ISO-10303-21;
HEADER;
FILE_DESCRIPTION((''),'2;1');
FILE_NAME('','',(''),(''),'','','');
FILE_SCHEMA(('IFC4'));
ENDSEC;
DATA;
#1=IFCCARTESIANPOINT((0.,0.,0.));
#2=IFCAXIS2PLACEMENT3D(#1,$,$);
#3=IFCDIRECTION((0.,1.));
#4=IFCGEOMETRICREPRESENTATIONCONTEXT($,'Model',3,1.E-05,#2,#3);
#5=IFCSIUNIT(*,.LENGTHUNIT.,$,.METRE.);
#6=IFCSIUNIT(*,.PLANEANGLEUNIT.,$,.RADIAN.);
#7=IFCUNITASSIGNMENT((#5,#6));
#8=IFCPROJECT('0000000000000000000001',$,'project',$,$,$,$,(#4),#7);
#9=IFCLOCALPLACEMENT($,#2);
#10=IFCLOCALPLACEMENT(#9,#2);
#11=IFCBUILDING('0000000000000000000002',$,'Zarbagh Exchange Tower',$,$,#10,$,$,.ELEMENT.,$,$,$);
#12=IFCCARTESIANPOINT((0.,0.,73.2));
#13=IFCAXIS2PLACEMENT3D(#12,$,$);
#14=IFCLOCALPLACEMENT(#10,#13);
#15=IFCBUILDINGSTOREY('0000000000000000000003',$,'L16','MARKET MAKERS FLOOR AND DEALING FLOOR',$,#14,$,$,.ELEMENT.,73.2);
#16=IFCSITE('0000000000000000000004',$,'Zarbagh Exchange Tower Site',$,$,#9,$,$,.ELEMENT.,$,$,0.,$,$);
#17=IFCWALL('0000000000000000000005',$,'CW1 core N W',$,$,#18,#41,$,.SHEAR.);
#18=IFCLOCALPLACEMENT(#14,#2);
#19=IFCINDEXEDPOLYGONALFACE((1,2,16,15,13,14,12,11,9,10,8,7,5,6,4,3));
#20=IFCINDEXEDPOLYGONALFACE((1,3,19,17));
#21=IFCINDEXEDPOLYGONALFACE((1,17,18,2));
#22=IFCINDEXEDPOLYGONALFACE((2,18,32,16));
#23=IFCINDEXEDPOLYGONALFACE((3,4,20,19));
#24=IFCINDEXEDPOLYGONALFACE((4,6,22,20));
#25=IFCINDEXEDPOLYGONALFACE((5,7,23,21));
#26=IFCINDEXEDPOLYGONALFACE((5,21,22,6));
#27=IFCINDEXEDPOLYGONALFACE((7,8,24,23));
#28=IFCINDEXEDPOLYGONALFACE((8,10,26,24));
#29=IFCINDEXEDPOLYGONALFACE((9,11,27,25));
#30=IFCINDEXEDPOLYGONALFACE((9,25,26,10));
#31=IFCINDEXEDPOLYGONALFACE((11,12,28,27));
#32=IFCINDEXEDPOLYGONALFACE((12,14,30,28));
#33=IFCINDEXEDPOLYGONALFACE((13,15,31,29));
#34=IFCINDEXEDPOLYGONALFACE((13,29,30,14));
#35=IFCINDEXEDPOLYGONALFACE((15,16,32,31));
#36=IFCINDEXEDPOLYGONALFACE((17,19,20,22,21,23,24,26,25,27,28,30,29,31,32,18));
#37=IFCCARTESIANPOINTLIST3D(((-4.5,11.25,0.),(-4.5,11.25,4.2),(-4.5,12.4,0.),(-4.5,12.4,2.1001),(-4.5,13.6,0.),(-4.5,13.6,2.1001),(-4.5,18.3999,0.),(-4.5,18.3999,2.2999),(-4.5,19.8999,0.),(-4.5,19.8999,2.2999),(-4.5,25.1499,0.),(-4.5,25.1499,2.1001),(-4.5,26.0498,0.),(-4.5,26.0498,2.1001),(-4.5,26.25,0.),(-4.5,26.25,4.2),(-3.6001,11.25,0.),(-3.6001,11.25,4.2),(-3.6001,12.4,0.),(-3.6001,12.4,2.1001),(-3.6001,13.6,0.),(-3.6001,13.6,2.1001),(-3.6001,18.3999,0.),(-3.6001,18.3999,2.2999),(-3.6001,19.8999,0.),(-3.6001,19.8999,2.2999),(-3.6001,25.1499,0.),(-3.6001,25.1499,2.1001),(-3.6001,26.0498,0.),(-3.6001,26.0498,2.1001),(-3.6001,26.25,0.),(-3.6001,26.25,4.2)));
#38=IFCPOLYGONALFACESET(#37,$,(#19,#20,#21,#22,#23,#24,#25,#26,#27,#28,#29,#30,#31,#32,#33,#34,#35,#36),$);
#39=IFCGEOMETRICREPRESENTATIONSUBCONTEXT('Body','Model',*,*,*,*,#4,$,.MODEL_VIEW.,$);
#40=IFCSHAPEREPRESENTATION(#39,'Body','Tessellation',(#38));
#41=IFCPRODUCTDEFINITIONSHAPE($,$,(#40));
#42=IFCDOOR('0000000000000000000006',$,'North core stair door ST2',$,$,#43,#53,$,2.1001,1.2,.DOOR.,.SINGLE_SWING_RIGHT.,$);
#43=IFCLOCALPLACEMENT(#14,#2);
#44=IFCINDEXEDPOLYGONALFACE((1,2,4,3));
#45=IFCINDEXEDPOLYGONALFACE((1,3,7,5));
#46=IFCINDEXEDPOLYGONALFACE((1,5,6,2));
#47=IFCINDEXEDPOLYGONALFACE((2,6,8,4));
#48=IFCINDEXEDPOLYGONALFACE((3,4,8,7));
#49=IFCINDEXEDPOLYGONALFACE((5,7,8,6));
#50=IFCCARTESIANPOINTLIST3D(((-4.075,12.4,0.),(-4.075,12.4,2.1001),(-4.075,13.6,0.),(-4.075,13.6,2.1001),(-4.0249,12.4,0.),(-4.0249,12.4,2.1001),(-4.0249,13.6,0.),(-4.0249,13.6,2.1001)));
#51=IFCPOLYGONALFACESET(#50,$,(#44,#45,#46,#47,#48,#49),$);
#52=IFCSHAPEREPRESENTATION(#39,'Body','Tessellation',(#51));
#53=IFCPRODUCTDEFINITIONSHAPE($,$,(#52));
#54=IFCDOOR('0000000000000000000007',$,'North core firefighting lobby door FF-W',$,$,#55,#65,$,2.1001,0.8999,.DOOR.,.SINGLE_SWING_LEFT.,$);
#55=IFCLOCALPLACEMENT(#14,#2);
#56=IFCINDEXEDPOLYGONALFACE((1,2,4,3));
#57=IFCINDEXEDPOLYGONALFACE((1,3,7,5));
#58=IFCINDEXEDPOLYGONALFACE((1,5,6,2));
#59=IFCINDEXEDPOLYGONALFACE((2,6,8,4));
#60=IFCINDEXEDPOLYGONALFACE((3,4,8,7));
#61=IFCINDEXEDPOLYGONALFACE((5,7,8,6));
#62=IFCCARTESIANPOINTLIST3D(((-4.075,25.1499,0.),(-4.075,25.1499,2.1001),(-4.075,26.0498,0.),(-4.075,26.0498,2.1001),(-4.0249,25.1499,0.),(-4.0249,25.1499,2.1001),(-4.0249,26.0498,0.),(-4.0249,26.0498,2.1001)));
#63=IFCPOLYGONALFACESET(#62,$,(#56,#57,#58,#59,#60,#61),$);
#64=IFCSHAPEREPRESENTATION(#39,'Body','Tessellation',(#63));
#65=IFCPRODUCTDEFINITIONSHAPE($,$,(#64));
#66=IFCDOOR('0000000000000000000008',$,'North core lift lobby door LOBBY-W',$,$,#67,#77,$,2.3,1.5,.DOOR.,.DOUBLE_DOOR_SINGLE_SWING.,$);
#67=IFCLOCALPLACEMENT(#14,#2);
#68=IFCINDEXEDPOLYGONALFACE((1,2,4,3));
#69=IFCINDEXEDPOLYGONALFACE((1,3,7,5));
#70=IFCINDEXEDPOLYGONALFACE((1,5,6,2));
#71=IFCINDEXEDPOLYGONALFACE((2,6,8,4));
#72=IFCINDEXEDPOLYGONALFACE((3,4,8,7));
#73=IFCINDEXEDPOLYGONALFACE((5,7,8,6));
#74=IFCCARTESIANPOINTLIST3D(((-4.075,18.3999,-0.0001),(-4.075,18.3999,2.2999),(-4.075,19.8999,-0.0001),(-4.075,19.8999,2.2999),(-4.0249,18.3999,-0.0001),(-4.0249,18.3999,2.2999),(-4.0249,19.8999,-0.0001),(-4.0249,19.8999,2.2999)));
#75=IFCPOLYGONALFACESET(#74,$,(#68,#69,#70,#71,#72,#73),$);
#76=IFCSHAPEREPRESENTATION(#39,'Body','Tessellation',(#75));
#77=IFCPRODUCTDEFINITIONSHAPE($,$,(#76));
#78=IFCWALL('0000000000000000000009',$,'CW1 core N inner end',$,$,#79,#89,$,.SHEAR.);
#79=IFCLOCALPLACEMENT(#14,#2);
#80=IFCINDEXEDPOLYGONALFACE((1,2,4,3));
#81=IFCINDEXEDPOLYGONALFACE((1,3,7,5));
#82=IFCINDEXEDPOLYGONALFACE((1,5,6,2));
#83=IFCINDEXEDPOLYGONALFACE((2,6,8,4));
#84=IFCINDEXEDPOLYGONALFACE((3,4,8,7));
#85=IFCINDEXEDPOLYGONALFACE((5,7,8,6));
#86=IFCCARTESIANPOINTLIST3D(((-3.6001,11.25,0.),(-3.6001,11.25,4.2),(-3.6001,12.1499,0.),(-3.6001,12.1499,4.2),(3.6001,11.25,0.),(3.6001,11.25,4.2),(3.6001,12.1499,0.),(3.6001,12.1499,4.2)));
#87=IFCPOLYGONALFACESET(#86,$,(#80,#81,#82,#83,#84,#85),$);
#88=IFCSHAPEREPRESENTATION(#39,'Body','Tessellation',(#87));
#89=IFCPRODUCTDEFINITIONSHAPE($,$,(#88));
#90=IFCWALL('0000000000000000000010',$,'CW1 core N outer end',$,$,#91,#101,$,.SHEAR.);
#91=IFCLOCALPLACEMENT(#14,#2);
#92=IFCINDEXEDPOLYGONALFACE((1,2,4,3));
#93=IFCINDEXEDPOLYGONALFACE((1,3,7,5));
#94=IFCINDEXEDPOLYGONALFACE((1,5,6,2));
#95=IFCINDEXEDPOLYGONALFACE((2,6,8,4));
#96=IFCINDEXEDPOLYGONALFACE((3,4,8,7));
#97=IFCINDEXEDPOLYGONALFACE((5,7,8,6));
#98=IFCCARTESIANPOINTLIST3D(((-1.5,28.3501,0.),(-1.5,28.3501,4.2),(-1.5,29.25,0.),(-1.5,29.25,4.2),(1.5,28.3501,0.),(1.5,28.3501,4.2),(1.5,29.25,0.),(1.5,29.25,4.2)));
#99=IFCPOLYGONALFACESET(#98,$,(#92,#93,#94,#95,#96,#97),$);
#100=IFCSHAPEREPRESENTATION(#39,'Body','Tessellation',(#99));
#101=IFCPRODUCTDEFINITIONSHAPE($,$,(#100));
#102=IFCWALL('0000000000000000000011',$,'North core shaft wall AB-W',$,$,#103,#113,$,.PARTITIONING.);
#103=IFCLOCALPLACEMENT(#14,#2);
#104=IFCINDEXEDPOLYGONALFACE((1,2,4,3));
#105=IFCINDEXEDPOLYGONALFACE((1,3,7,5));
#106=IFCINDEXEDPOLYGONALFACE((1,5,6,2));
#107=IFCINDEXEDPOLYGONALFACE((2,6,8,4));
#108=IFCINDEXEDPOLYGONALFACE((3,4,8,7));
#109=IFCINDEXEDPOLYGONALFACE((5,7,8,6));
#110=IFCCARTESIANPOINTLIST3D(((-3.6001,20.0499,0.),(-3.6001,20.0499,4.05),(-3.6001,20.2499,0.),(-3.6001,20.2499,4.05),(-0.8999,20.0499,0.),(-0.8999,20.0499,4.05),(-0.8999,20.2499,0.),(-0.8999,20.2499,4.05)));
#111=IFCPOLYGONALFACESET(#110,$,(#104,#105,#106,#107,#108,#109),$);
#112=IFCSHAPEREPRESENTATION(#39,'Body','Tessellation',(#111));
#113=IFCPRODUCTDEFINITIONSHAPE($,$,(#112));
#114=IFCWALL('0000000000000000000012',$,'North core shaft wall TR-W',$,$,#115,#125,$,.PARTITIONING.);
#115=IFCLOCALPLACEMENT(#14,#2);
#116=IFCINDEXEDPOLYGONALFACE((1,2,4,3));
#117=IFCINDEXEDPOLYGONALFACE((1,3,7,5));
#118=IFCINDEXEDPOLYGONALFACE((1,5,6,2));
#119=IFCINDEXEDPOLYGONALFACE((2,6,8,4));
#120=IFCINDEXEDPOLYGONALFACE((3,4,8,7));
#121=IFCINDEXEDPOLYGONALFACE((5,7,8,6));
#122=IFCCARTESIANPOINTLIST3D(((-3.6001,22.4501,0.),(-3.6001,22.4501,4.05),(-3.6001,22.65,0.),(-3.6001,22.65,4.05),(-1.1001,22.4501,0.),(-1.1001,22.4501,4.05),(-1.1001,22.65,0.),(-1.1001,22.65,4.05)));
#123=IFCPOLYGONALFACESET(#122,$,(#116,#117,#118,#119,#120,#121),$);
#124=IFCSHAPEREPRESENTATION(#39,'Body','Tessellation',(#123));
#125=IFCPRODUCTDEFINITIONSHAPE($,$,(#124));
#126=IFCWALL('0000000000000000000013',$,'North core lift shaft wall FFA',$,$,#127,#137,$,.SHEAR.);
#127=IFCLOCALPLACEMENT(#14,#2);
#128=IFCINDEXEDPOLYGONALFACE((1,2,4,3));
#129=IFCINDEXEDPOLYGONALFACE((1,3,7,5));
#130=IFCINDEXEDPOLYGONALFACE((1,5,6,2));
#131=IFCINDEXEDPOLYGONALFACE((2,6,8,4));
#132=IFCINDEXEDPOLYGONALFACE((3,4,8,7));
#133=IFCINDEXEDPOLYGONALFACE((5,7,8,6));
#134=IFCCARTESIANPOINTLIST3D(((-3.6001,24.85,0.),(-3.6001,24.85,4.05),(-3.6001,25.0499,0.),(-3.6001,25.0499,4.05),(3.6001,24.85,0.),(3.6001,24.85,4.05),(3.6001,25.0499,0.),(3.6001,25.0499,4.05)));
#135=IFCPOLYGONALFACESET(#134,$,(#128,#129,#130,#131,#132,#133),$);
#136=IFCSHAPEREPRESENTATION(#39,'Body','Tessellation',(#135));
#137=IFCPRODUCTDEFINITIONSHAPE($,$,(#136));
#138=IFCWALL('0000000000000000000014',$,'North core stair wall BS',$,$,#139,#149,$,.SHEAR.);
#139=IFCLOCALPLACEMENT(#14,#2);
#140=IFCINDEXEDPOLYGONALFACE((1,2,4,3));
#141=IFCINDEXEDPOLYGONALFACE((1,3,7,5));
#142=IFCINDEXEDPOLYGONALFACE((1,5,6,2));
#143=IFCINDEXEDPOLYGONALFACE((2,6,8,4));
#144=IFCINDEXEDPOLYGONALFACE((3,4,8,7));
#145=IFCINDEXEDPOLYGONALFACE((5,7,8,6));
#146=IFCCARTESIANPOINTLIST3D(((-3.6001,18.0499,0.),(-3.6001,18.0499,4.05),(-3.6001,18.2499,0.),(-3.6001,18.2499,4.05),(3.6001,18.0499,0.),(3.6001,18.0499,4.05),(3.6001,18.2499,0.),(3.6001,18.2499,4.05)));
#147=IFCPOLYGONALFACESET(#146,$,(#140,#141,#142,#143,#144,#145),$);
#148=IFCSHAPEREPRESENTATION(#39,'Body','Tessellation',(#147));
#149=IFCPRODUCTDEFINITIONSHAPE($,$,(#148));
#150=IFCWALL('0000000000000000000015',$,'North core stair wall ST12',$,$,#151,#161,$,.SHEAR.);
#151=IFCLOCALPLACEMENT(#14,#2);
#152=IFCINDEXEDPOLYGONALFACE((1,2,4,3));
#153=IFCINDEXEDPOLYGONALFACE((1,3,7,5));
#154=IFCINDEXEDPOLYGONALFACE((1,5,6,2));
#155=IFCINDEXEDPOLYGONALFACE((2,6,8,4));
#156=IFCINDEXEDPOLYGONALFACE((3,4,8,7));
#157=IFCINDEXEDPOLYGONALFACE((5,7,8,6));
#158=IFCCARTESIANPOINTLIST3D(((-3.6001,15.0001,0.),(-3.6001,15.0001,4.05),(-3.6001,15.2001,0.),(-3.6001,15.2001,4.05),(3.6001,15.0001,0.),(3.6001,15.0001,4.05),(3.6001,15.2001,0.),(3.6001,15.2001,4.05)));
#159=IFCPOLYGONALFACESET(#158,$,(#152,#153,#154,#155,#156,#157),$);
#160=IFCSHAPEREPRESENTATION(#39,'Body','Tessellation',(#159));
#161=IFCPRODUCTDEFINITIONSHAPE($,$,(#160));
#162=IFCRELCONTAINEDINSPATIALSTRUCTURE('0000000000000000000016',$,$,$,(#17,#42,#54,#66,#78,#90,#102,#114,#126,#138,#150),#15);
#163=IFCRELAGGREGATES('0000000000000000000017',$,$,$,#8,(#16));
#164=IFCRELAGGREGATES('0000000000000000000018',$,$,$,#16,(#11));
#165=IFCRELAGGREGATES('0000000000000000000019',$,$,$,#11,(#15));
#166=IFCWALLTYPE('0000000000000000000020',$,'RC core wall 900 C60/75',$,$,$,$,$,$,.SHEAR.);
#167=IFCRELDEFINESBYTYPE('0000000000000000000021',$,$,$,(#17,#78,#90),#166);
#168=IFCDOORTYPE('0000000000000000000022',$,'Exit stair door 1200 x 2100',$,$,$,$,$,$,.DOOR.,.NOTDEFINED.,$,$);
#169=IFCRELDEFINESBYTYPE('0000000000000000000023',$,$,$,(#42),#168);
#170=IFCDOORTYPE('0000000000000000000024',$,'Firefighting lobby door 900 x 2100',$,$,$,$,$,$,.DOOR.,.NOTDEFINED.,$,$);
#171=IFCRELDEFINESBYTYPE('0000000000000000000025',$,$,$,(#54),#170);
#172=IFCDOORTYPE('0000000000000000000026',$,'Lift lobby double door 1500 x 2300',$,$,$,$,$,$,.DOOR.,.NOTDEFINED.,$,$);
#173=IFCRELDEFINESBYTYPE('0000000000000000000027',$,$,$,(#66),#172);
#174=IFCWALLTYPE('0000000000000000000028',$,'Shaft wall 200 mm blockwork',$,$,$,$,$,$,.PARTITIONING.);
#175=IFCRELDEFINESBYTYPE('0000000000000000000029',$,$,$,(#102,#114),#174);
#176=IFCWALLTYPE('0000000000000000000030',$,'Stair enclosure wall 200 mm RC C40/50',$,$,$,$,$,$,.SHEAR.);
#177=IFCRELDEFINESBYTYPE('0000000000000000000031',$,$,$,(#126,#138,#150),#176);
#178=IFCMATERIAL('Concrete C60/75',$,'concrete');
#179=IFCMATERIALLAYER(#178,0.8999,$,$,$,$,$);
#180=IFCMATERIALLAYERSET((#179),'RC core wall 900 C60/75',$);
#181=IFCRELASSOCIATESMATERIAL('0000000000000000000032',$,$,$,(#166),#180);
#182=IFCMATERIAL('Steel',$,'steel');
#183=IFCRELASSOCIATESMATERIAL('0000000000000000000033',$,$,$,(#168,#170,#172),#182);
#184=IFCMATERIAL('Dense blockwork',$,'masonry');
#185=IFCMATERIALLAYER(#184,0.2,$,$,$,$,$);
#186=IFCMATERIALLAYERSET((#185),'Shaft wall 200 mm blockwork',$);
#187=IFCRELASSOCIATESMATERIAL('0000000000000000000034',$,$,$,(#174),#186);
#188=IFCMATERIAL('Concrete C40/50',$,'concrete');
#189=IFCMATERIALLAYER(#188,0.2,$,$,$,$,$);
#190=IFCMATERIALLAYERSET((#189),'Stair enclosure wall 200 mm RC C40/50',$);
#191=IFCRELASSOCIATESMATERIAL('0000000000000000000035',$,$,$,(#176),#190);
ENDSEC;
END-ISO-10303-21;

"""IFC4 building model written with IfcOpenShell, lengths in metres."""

from ifc_helpers import new_model, si_unit, direction, frame, frame_2d, origin, place, context, subcontext, project, spatial, rectangle, extrude, material, layer, layer_set, type_object, element, fill, save


model = new_model("IFC4")

# Units and contexts
model_context = context("Model", 3, precision=1e-05, world=origin(), true_north=direction((0.0, 1.0)))
body_context = subcontext(model_context, "Body", "Model", "MODEL_VIEW")
ifc_project = project(units=[si_unit("LENGTHUNIT", "METRE"), si_unit("PLANEANGLEUNIT", "RADIAN")], contexts=[model_context])

# Site, building, storey
site_placement = place(None, origin())
site = spatial("IfcSite", under=ifc_project, at=site_placement, Name="Zarbagh Exchange Tower Site", CompositionType="ELEMENT", RefElevation=0.0)
building_placement = place(site_placement, origin())
building = spatial("IfcBuilding", under=site, at=building_placement, Name="Zarbagh Exchange Tower", CompositionType="ELEMENT")
storey_placement = place(building_placement, frame((0.0, 0.0, 73.2)))
storey = spatial("IfcBuildingStorey", under=building, at=storey_placement, Name="L16", Description="MARKET MAKERS FLOOR AND DEALING FLOOR", CompositionType="ELEMENT", Elevation=73.2)

# Shared definitions
ifc_material_1 = material(Name="Concrete C60/75", Category="concrete")

# Wall, openings, doors
ifc_layer_1 = layer(ifc_material_1, 0.8999)
ifc_layer_set_1 = layer_set([ifc_layer_1], Name="RC core wall 900 C60/75")
wall_type_1 = type_object("IfcWallType", Name="RC core wall 900 C60/75", PredefinedType="SHEAR", material=ifc_layer_set_1)
wall_1_placement = place(storey_placement, frame((-4.05, 11.25, 0.0), z_axis=(0.0, 0.0, 1.0), x_axis=(0.0, 1.0, 0.0)))
wall_1 = element("IfcWall", 1, at=wall_1_placement, inside=storey, type_object=wall_type_1, Name="CW1 core N W", PredefinedType="SHEAR", context=body_context, shape_type="SweptSolid", body=[
    extrude(rectangle(XDim=15.0, YDim=0.8999, at=frame_2d((7.5, 0.0))), origin(), (0.0, 0.0, 1.0), 4.2),
])
opening_1_placement = place(wall_1_placement, frame((7.1499, 0.0, 0.0)))
opening_1 = element("IfcOpeningElement", 2, at=opening_1_placement, cuts=wall_1, PredefinedType="OPENING", context=body_context, shape_type="SweptSolid", body=[
    extrude(rectangle(XDim=1.5, YDim=2.3, at=frame_2d((0.75, 1.1499))), frame((0.0, 0.46, 0.0), z_axis=(0.0, -1.0, 0.0), x_axis=(1.0, 0.0, 0.0)), (0.0, 0.0, 1.0), 0.9199),
])
opening_2_placement = place(wall_1_placement, frame((13.8999, 0.0, 0.0)))
opening_2 = element("IfcOpeningElement", 3, at=opening_2_placement, cuts=wall_1, PredefinedType="OPENING", context=body_context, shape_type="SweptSolid", body=[
    extrude(rectangle(XDim=0.8999, YDim=2.1001, at=frame_2d((0.45, 1.05))), frame((0.0, 0.46, 0.0), z_axis=(0.0, -1.0, 0.0), x_axis=(1.0, 0.0, 0.0)), (0.0, 0.0, 1.0), 0.9199),
])
opening_3_placement = place(wall_1_placement, frame((1.1499, 0.0, 0.0)))
opening_3 = element("IfcOpeningElement", 4, at=opening_3_placement, cuts=wall_1, PredefinedType="OPENING", context=body_context, shape_type="SweptSolid", body=[
    extrude(rectangle(XDim=1.2, YDim=2.1001, at=frame_2d((0.6001, 1.05))), frame((0.0, 0.46, 0.0), z_axis=(0.0, -1.0, 0.0), x_axis=(1.0, 0.0, 0.0)), (0.0, 0.0, 1.0), 0.9199),
])
ifc_material_2 = material(Name="Steel", Category="steel")
door_type_1 = type_object("IfcDoorType", Name="Exit stair door 1200 x 2100", OperationType="NOTDEFINED", PredefinedType="DOOR", material=ifc_material_2)
door_1_placement = place(opening_3_placement, origin())
door_1 = element("IfcDoor", 5, at=door_1_placement, inside=storey, type_object=door_type_1, Name="North core stair door ST2", OperationType="SINGLE_SWING_RIGHT", OverallHeight=2.1001, OverallWidth=1.2, PredefinedType="DOOR", context=body_context, shape_type="SweptSolid", body=[
    extrude(rectangle(XDim=1.2, YDim=2.1001, at=frame_2d((0.6001, 1.05))), frame((0.0, 0.0249, 0.0), z_axis=(0.0, -1.0, 0.0), x_axis=(1.0, 0.0, 0.0)), (0.0, 0.0, 1.0), 0.05),
])
fill(opening_3, door_1)
door_type_2 = type_object("IfcDoorType", Name="Firefighting lobby door 900 x 2100", OperationType="NOTDEFINED", PredefinedType="DOOR", material=ifc_material_2)
door_2_placement = place(opening_2_placement, origin())
door_2 = element("IfcDoor", 6, at=door_2_placement, inside=storey, type_object=door_type_2, Name="North core firefighting lobby door FF-W", OperationType="SINGLE_SWING_LEFT", OverallHeight=2.1001, OverallWidth=0.8999, PredefinedType="DOOR", context=body_context, shape_type="SweptSolid", body=[
    extrude(rectangle(XDim=0.8999, YDim=2.1001, at=frame_2d((0.45, 1.05))), frame((0.0, 0.0249, 0.0), z_axis=(0.0, -1.0, 0.0), x_axis=(1.0, 0.0, 0.0)), (0.0, 0.0, 1.0), 0.05),
])
fill(opening_2, door_2)
door_type_3 = type_object("IfcDoorType", Name="Lift lobby double door 1500 x 2300", OperationType="NOTDEFINED", PredefinedType="DOOR", material=ifc_material_2)
door_3_placement = place(opening_1_placement, origin())
door_3 = element("IfcDoor", 7, at=door_3_placement, inside=storey, type_object=door_type_3, Name="North core lift lobby door LOBBY-W", OperationType="DOUBLE_DOOR_SINGLE_SWING", OverallHeight=2.3, OverallWidth=1.5, PredefinedType="DOOR", context=body_context, shape_type="SweptSolid", body=[
    extrude(rectangle(XDim=1.5, YDim=2.3, at=frame_2d((0.75, 1.1499))), frame((0.0, 0.0249, 0.0), z_axis=(0.0, -1.0, 0.0), x_axis=(1.0, 0.0, 0.0)), (0.0, 0.0, 1.0), 0.05),
])
fill(opening_1, door_3)

# Walls
wall_2_placement = place(storey_placement, frame((-3.6001, 11.7, 0.0), z_axis=(0.0, 0.0, 1.0), x_axis=(1.0, 0.0, 0.0)))
element("IfcWall", 8, at=wall_2_placement, inside=storey, type_object=wall_type_1, Name="CW1 core N inner end", PredefinedType="SHEAR", context=body_context, shape_type="SweptSolid", body=[
    extrude(rectangle(XDim=7.2002, YDim=0.8999, at=frame_2d((3.6001, 0.0))), origin(), (0.0, 0.0, 1.0), 4.2),
])
wall_3_placement = place(storey_placement, frame((-1.5, 28.8, 0.0), z_axis=(0.0, 0.0, 1.0), x_axis=(1.0, 0.0, 0.0)))
element("IfcWall", 9, at=wall_3_placement, inside=storey, type_object=wall_type_1, Name="CW1 core N outer end", PredefinedType="SHEAR", context=body_context, shape_type="SweptSolid", body=[
    extrude(rectangle(XDim=3.0, YDim=0.8999, at=frame_2d((1.5, 0.0))), origin(), (0.0, 0.0, 1.0), 4.2),
])
ifc_material_3 = material(Name="Dense blockwork", Category="masonry")
ifc_layer_2 = layer(ifc_material_3, 0.2)
ifc_layer_set_2 = layer_set([ifc_layer_2], Name="Shaft wall 200 mm blockwork")
wall_type_2 = type_object("IfcWallType", Name="Shaft wall 200 mm blockwork", PredefinedType="PARTITIONING", material=ifc_layer_set_2)
wall_4_placement = place(storey_placement, frame((-3.6001, 20.1499, 0.0), z_axis=(0.0, 0.0, 1.0), x_axis=(1.0, 0.0, 0.0)))
element("IfcWall", 10, at=wall_4_placement, inside=storey, type_object=wall_type_2, Name="North core shaft wall AB-W", PredefinedType="PARTITIONING", context=body_context, shape_type="SweptSolid", body=[
    extrude(rectangle(XDim=2.7002, YDim=0.2, at=frame_2d((1.3501, 0.0))), origin(), (0.0, 0.0, 1.0), 4.05),
])
wall_5_placement = place(storey_placement, frame((-3.6001, 22.55, 0.0), z_axis=(0.0, 0.0, 1.0), x_axis=(1.0, 0.0, 0.0)))
element("IfcWall", 11, at=wall_5_placement, inside=storey, type_object=wall_type_2, Name="North core shaft wall TR-W", PredefinedType="PARTITIONING", context=body_context, shape_type="SweptSolid", body=[
    extrude(rectangle(XDim=2.5, YDim=0.2, at=frame_2d((1.25, 0.0))), origin(), (0.0, 0.0, 1.0), 4.05),
])
ifc_material_4 = material(Name="Concrete C40/50", Category="concrete")
ifc_layer_3 = layer(ifc_material_4, 0.2)
ifc_layer_set_3 = layer_set([ifc_layer_3], Name="Stair enclosure wall 200 mm RC C40/50")
wall_type_3 = type_object("IfcWallType", Name="Stair enclosure wall 200 mm RC C40/50", PredefinedType="SHEAR", material=ifc_layer_set_3)
for number, where, z_axis, x_axis, name in (
    (12, (-3.6001, 24.95, 0.0), (0.0, 0.0, 1.0), (1.0, 0.0, 0.0), "North core lift shaft wall FFA"),
    (13, (-3.6001, 18.1499, 0.0), (0.0, 0.0, 1.0), (1.0, 0.0, 0.0), "North core stair wall BS"),
    (14, (-3.6001, 15.1001, 0.0), (0.0, 0.0, 1.0), (1.0, 0.0, 0.0), "North core stair wall ST12"),
):
    element("IfcWall", number, at=place(storey_placement, frame(where, z_axis=z_axis, x_axis=x_axis)), inside=storey, type_object=wall_type_3, Name=name, PredefinedType="SHEAR", context=body_context, shape_type="SweptSolid", body=[
        extrude(rectangle(XDim=7.2002, YDim=0.2, at=frame_2d((3.6001, 0.0))), origin(), (0.0, 0.0, 1.0), 4.05),
    ])

save(model, "model.ifc")
